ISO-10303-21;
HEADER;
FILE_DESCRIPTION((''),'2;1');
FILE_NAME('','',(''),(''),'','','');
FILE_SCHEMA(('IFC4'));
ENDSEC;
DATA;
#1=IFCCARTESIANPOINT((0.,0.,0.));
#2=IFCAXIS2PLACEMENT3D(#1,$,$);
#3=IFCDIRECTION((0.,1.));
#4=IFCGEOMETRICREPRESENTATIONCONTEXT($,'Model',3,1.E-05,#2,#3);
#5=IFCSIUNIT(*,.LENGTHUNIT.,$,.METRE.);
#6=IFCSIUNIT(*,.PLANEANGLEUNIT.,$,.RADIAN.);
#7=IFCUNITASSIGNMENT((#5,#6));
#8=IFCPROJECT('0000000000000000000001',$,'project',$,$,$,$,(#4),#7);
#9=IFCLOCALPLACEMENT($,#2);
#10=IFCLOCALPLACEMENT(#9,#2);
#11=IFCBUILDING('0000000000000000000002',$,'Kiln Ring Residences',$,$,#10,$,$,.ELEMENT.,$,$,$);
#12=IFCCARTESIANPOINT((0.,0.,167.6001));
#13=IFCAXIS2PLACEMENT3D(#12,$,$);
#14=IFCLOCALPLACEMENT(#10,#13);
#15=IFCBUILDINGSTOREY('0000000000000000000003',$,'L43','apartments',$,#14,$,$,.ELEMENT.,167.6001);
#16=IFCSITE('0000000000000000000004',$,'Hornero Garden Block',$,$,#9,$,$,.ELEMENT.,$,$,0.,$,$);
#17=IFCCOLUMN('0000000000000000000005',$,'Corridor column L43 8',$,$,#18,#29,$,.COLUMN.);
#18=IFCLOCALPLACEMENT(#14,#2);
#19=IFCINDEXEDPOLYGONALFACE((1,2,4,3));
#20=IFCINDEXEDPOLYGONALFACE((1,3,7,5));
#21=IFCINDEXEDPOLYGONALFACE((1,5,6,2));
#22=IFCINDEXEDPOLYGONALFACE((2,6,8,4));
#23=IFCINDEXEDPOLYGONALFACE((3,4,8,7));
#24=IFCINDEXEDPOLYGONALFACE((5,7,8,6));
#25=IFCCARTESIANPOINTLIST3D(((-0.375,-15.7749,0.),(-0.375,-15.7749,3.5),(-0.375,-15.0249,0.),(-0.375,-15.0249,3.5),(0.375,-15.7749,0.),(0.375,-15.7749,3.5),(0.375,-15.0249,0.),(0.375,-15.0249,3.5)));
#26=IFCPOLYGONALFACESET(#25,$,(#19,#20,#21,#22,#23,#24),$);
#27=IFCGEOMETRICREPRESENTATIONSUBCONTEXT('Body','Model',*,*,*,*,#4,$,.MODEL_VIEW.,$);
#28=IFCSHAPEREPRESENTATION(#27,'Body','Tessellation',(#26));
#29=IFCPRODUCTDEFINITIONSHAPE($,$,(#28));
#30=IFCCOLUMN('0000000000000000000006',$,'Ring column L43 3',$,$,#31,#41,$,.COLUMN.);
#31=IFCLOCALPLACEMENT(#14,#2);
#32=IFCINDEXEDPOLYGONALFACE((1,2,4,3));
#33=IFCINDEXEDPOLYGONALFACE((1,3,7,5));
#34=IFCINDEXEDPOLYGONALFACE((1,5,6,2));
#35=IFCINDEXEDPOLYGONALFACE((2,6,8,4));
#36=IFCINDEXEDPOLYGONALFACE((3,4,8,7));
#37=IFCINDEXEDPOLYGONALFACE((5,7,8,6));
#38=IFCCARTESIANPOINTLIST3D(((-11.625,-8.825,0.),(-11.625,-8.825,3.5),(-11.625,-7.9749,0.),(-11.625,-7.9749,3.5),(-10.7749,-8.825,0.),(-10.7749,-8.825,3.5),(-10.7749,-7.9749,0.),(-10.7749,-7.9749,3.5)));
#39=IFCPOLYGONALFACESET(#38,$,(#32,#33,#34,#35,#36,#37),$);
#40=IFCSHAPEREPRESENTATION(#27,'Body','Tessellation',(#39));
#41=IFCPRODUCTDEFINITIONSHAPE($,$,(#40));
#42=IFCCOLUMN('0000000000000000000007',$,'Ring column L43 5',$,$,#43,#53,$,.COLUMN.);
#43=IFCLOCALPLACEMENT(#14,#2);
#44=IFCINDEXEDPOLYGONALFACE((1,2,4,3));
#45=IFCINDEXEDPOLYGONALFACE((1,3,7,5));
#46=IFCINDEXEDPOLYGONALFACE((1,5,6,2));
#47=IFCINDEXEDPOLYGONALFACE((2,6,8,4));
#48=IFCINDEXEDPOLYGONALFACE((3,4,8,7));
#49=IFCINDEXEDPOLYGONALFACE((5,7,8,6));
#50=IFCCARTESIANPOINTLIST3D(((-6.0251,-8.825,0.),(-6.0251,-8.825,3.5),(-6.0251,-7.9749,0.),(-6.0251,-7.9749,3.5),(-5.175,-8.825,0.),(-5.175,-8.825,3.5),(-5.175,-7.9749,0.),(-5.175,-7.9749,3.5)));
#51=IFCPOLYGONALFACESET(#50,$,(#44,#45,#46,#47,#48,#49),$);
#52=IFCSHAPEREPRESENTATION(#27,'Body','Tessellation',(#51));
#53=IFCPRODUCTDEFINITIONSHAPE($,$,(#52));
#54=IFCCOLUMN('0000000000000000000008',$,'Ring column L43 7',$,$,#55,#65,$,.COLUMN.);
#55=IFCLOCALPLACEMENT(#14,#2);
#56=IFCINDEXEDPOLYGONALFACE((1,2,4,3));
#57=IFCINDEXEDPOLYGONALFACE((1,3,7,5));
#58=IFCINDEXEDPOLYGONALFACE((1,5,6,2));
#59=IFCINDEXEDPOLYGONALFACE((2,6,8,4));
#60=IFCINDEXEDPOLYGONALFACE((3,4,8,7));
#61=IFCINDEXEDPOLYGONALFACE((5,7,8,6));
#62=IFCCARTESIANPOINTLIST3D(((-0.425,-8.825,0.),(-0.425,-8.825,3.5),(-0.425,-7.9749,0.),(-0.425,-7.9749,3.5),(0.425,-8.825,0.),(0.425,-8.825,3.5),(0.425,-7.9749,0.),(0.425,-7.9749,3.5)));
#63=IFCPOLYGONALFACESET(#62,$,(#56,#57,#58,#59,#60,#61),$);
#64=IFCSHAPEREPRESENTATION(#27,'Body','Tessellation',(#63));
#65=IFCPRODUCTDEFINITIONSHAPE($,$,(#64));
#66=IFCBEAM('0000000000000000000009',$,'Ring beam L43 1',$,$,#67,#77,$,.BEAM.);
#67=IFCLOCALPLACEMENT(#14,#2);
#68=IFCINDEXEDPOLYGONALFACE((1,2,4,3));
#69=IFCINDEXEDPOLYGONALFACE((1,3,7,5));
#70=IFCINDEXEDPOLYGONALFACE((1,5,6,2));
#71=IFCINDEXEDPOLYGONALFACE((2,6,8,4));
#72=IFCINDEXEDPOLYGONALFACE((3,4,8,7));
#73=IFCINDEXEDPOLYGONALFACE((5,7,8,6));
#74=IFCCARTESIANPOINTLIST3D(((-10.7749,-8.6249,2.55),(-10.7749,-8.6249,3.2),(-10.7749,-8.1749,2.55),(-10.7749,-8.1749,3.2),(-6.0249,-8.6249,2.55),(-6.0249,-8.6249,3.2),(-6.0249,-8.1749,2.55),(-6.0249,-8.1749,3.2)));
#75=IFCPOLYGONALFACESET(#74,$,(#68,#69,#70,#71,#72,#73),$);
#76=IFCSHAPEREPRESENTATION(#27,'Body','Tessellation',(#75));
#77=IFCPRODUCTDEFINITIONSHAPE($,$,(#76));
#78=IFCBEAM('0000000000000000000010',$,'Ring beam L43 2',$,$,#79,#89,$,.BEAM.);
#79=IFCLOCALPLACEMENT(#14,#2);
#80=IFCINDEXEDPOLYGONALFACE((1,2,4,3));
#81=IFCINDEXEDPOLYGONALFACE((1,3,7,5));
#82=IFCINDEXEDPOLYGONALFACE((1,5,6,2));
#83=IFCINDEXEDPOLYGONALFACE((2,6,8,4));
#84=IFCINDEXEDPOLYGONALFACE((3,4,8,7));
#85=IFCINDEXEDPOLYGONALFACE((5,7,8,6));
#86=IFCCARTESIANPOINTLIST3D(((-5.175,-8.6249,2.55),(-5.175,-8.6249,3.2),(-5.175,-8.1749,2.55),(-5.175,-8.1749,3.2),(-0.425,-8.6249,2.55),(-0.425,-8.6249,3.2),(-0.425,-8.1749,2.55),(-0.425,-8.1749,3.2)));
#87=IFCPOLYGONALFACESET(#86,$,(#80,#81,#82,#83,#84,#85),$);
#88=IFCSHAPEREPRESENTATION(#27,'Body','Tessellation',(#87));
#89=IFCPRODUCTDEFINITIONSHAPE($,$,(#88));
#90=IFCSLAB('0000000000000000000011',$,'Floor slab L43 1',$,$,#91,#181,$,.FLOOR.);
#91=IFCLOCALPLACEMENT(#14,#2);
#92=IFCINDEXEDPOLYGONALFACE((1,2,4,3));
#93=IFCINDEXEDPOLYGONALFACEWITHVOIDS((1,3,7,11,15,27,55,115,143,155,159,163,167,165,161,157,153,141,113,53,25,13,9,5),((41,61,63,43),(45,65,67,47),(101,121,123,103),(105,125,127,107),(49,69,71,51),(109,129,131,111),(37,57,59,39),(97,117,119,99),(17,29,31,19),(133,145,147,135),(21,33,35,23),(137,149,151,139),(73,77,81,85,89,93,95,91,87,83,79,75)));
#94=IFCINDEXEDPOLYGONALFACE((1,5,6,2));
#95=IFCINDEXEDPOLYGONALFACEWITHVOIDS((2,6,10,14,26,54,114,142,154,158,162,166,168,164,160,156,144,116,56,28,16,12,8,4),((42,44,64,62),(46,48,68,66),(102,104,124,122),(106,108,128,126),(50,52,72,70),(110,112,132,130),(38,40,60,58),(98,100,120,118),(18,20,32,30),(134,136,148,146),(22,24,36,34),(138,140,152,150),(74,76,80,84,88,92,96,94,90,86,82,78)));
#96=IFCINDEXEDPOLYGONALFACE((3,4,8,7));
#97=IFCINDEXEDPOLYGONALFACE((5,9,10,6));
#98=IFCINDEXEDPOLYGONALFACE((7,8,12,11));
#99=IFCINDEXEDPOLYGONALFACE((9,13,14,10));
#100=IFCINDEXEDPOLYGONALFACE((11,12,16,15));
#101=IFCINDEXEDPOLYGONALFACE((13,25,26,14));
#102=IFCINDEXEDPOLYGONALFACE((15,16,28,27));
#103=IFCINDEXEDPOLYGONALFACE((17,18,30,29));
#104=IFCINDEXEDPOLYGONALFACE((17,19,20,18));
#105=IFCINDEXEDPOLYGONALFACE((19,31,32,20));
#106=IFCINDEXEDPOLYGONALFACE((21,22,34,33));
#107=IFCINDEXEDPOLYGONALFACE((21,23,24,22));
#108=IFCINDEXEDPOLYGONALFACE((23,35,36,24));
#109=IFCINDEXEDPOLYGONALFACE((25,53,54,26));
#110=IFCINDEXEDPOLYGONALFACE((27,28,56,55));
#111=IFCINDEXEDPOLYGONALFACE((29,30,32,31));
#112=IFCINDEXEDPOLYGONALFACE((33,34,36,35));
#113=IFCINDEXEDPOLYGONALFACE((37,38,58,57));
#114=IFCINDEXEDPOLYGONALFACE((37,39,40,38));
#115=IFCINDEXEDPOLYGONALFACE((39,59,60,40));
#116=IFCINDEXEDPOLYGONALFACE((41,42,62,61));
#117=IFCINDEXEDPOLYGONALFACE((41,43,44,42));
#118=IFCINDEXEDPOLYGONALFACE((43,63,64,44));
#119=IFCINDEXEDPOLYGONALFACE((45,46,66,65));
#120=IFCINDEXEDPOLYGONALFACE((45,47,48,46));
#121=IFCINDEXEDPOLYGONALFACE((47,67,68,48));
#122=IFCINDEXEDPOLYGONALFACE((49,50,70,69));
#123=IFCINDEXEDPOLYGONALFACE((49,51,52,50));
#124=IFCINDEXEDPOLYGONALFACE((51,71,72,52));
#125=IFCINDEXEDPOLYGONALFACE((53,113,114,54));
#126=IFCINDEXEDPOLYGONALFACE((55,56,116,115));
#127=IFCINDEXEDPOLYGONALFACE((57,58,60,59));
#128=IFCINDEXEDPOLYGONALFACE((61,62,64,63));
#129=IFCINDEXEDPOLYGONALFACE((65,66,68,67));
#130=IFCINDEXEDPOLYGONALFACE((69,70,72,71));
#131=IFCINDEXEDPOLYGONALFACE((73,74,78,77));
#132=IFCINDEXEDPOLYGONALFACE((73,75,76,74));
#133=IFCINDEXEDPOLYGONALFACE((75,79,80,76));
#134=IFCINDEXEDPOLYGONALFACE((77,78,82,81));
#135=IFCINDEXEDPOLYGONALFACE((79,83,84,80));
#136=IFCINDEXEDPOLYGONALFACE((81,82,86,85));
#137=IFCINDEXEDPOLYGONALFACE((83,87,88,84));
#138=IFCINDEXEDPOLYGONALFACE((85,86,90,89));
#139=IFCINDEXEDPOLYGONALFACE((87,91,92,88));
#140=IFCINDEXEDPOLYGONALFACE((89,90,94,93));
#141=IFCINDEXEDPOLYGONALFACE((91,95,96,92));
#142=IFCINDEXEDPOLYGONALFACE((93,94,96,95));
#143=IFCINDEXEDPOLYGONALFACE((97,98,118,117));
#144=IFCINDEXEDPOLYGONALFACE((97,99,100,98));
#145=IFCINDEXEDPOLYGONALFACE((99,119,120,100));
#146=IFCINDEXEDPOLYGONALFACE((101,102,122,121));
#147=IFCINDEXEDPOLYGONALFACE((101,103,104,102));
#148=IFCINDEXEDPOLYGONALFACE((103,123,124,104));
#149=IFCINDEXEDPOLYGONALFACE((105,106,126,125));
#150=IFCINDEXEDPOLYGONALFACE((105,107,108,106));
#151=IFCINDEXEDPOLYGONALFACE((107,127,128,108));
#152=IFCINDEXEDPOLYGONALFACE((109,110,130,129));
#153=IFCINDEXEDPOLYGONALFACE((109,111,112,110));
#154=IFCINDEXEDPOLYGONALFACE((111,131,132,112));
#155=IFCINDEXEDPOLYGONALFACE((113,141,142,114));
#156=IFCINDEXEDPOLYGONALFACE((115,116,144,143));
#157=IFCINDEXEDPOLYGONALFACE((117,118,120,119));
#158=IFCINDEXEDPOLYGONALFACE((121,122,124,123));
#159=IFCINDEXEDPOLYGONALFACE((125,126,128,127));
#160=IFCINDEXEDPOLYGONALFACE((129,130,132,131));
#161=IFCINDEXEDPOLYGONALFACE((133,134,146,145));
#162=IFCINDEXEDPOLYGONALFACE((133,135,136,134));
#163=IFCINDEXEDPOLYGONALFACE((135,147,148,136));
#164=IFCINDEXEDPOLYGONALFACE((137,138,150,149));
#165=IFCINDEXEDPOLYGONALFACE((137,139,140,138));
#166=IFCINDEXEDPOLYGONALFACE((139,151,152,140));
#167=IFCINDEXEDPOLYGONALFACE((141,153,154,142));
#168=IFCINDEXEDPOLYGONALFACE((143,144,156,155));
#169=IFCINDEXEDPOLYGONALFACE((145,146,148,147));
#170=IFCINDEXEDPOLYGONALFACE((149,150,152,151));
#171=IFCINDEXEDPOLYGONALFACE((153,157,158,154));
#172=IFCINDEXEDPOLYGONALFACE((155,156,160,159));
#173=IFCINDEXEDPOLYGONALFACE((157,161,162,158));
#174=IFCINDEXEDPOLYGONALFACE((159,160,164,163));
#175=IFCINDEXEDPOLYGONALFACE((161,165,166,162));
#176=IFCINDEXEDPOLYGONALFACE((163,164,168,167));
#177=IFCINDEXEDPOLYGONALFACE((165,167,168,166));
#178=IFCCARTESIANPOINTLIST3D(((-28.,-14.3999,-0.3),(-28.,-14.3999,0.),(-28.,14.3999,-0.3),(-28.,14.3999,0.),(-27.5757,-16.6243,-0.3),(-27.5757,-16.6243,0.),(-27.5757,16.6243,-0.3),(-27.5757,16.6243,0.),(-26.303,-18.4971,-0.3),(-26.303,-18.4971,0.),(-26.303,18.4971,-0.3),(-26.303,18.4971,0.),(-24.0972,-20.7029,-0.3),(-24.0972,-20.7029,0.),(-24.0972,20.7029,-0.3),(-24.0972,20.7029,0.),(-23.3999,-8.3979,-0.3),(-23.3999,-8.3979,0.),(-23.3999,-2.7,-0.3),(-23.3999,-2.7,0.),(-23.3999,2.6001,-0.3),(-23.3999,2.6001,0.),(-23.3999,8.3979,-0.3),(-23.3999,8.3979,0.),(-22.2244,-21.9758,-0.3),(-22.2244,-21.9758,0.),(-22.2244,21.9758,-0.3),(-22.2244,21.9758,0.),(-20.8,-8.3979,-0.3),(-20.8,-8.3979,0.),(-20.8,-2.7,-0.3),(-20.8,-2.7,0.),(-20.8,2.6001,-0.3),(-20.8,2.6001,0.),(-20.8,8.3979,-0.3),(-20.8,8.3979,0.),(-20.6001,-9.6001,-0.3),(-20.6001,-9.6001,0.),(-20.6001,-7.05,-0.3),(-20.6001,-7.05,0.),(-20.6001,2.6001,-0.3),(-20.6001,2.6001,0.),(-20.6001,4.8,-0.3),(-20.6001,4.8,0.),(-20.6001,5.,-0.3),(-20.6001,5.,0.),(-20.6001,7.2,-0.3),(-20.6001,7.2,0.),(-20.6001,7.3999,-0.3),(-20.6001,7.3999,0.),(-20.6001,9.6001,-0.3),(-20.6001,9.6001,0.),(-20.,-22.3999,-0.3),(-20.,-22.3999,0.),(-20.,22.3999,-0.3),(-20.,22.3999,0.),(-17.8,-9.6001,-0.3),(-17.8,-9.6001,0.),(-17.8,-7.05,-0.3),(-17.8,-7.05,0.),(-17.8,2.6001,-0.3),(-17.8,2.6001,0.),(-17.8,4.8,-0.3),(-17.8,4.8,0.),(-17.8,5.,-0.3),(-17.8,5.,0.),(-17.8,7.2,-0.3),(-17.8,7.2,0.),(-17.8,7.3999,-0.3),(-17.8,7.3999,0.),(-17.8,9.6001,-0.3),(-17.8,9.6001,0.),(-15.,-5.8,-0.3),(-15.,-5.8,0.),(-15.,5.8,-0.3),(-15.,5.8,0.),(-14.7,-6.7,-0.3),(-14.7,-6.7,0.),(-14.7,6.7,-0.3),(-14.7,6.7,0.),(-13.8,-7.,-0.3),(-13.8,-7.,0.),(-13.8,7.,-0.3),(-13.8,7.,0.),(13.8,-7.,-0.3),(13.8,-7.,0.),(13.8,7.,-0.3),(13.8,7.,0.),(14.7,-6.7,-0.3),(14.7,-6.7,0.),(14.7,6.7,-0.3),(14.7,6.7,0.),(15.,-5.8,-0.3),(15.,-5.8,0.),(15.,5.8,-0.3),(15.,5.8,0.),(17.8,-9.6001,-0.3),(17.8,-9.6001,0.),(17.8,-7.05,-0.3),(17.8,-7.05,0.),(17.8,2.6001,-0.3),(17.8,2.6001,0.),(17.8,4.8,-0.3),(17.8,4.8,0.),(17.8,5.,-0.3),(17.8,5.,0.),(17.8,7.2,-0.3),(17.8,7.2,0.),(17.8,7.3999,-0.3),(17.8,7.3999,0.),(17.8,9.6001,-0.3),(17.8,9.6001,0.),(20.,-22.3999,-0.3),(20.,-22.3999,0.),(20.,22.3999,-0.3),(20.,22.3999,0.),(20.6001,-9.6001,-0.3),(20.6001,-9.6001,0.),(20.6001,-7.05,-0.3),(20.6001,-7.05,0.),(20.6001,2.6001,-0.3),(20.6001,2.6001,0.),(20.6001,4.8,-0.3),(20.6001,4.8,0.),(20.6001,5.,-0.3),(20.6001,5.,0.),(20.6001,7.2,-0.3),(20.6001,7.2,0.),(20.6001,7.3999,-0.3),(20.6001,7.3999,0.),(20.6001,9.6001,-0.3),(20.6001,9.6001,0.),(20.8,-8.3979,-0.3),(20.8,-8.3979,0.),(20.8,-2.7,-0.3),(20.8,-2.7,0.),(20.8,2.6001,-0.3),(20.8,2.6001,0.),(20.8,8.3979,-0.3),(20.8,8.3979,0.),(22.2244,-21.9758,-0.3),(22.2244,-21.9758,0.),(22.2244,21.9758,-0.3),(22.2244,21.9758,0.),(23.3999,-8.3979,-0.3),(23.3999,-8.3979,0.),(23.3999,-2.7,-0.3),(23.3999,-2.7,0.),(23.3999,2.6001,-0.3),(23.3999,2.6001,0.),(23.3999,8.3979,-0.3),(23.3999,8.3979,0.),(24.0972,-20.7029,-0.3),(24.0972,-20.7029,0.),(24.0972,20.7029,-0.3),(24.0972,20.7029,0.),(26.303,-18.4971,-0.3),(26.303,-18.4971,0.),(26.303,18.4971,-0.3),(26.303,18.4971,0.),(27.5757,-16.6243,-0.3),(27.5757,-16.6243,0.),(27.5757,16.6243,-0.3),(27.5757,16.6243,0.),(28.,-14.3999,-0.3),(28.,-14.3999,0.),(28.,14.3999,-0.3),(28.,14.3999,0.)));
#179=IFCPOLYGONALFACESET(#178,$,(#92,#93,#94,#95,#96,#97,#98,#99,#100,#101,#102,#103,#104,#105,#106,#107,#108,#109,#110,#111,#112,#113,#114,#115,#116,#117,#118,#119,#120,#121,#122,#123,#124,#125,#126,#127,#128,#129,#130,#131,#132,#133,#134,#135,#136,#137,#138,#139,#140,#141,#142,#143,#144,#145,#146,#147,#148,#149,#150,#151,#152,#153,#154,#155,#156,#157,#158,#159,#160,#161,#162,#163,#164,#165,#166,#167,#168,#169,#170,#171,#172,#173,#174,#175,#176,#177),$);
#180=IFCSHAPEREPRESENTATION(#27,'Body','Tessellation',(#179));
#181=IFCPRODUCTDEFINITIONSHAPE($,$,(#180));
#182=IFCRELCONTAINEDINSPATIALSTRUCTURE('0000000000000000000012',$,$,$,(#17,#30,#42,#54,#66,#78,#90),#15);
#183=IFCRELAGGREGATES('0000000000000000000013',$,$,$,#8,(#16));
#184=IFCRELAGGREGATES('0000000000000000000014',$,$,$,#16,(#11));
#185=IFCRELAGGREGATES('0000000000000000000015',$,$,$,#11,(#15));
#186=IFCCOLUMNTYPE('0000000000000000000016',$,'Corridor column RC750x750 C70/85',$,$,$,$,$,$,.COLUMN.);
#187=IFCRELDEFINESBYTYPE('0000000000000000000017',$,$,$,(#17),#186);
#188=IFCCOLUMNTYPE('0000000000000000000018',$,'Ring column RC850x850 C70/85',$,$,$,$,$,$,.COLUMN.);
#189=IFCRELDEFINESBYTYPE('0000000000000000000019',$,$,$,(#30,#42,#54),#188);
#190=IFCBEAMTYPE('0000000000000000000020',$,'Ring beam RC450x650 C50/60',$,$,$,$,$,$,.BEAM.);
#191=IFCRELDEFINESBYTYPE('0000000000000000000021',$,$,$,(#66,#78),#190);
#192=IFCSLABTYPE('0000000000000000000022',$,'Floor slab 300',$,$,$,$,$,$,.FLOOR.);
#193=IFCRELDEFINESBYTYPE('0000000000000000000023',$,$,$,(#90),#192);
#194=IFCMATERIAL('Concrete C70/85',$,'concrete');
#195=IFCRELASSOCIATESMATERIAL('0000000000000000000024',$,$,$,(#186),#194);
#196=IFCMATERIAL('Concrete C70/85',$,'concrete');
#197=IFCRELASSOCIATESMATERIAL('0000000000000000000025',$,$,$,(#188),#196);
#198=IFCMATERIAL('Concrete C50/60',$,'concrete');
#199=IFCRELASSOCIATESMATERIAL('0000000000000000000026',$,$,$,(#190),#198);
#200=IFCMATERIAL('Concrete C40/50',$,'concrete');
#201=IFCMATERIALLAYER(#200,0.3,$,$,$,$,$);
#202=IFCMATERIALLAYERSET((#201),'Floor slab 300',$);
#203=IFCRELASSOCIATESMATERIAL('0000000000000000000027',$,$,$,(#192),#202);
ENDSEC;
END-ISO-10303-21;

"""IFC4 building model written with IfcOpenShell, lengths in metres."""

from ifc_helpers import new_model, si_unit, direction, frame, origin, origin_2d, place, context, subcontext, project, spatial, polyline, rectangle, outline, extrude, material, layer, layer_set, material_profile, profile_set, type_object, element, save


model = new_model("IFC4")

# Units and contexts
model_context = context("Model", 3, precision=1e-05, world=origin(), true_north=direction((0.0, 1.0)))
body_context = subcontext(model_context, "Body", "Model", "MODEL_VIEW")
ifc_project = project(units=[si_unit("LENGTHUNIT", "METRE"), si_unit("PLANEANGLEUNIT", "RADIAN")], contexts=[model_context])

# Site, building, storey
site_placement = place(None, origin())
site = spatial("IfcSite", under=ifc_project, at=site_placement, Name="Hornero Garden Block", CompositionType="ELEMENT", RefElevation=0.0)
building_placement = place(site_placement, origin())
building = spatial("IfcBuilding", under=site, at=building_placement, Name="Kiln Ring Residences", CompositionType="ELEMENT")
storey_placement = place(building_placement, frame((0.0, 0.0, 167.6001)))
storey = spatial("IfcBuildingStorey", under=building, at=storey_placement, Name="L43", Description="apartments", CompositionType="ELEMENT", Elevation=167.6001)

# Columns
ifc_material_1 = material(Name="Concrete C70/85", Category="concrete")
ifc_material_profile_1 = material_profile(ifc_material_1, rectangle(XDim=0.75, YDim=0.75, at=origin_2d()), Name="RC750x750")
ifc_profile_set_1 = profile_set([ifc_material_profile_1], Name="Concrete C70/85")
column_type_1 = type_object("IfcColumnType", Name="Corridor column RC750x750 C70/85", PredefinedType="COLUMN", material=ifc_profile_set_1)
column_placement = place(storey_placement, frame((0.0, -15.3999, 0.0), z_axis=(0.0, 0.0, 1.0), x_axis=(1.0, 0.0, 0.0)))
element("IfcColumn", 1, at=column_placement, inside=storey, type_object=column_type_1, Name="Corridor column L43 8", PredefinedType="COLUMN", context=body_context, shape_type="SweptSolid", body=[
    extrude(rectangle(XDim=0.75, YDim=0.75, at=origin_2d()), origin(), (0.0, 0.0, 1.0), 3.5),
])
ifc_material_2 = material(Name="Concrete C70/85", Category="concrete")
ifc_material_profile_2 = material_profile(ifc_material_2, rectangle(XDim=0.8501, YDim=0.8501, at=origin_2d()), Name="RC850x850")
ifc_profile_set_2 = profile_set([ifc_material_profile_2], Name="Concrete C70/85")
column_type_2 = type_object("IfcColumnType", Name="Ring column RC850x850 C70/85", PredefinedType="COLUMN", material=ifc_profile_set_2)
for number, where, z_axis, x_axis, name in (
    (2, (-11.2, -8.3999, 0.0), (0.0, 0.0, 1.0), (1.0, 0.0, 0.0), "Ring column L43 3"),
    (3, (-5.6001, -8.3999, 0.0), (0.0, 0.0, 1.0), (1.0, 0.0, 0.0), "Ring column L43 5"),
    (4, (0.0, -8.3999, 0.0), (0.0, 0.0, 1.0), (1.0, 0.0, 0.0), "Ring column L43 7"),
):
    element("IfcColumn", number, at=place(storey_placement, frame(where, z_axis=z_axis, x_axis=x_axis)), inside=storey, type_object=column_type_2, Name=name, PredefinedType="COLUMN", context=body_context, shape_type="SweptSolid", body=[
        extrude(rectangle(XDim=0.8501, YDim=0.8501, at=origin_2d()), origin(), (0.0, 0.0, 1.0), 3.5),
    ])

# Beams
ifc_material_3 = material(Name="Concrete C50/60", Category="concrete")
ifc_material_profile_3 = material_profile(ifc_material_3, rectangle(XDim=0.45, YDim=0.6499, at=origin_2d()), Name="RC450x650")
ifc_profile_set_3 = profile_set([ifc_material_profile_3], Name="Concrete C50/60")
beam_type = type_object("IfcBeamType", Name="Ring beam RC450x650 C50/60", PredefinedType="BEAM", material=ifc_profile_set_3)
for number, where, z_axis, x_axis, name in (
    (5, (-10.7749, -8.3999, 2.875), (1.0, 0.0, 0.0), (0.0, 1.0, 0.0), "Ring beam L43 1"),
    (6, (-5.175, -8.3999, 2.875), (1.0, 0.0, 0.0), (0.0, 1.0, 0.0), "Ring beam L43 2"),
):
    element("IfcBeam", number, at=place(storey_placement, frame(where, z_axis=z_axis, x_axis=x_axis)), inside=storey, type_object=beam_type, Name=name, PredefinedType="BEAM", context=body_context, shape_type="SweptSolid", body=[
        extrude(rectangle(XDim=0.45, YDim=0.6499, at=origin_2d()), origin(), (0.0, 0.0, 1.0), 4.75),
    ])

# Slab
ifc_material_4 = material(Name="Concrete C40/50", Category="concrete")
ifc_layer_1 = layer(ifc_material_4, 0.3)
ifc_layer_set_1 = layer_set([ifc_layer_1], Name="Floor slab 300")
slab_type = type_object("IfcSlabType", Name="Floor slab 300", PredefinedType="FLOOR", material=ifc_layer_set_1)
slab_placement = place(storey_placement, frame((0.0, 0.0, -0.3)))
element("IfcSlab", 7, at=slab_placement, inside=storey, type_object=slab_type, Name="Floor slab L43 1", PredefinedType="FLOOR", context=body_context, shape_type="SweptSolid", body=[
    extrude(outline(polyline([(-26.303, -18.4971), (-24.0972, -20.7029), (-22.2244, -21.9758), (-20.0, -22.3999), (20.0, -22.3999), (22.2244, -21.9758), (24.0972, -20.7029), (26.303, -18.4971), (27.5757, -16.6243), (28.0, -14.3999), (28.0, 14.3999), (27.5757, 16.6243), (26.303, 18.4971), (24.0972, 20.7029), (22.2244, 21.9758), (20.0, 22.3999), (-20.0, 22.3999), (-22.2244, 21.9758), (-24.0972, 20.7029), (-26.303, 18.4971), (-27.5757, 16.6243), (-28.0, 14.3999), (-28.0, -14.3999), (-27.5757, -16.6243), (-26.303, -18.4971)]), holes=[polyline([(-14.7, -6.7), (-15.0, -5.8), (-15.0, 5.8), (-14.7, 6.7), (-13.8, 7.0), (13.8, 7.0), (14.7, 6.7), (15.0, 5.8), (15.0, -5.8), (14.7, -6.7), (13.8, -7.0), (-13.8, -7.0), (-14.7, -6.7)]), polyline([(20.8, -8.3979), (20.8, -2.7), (23.3999, -2.7), (23.3999, -8.3979), (20.8, -8.3979)]), polyline([(23.3999, 2.6001), (20.8, 2.6001), (20.8, 8.3979), (23.3999, 8.3979), (23.3999, 2.6001)]), polyline([(17.8, 2.6001), (17.8, 4.8), (20.6001, 4.8), (20.6001, 2.6001), (17.8, 2.6001)]), polyline([(17.8, 5.0), (17.8, 7.2), (20.6001, 7.2), (20.6001, 5.0), (17.8, 5.0)]), polyline([(17.8, 7.3999), (17.8, 9.6001), (20.6001, 9.6001), (20.6001, 7.3999), (17.8, 7.3999)]), polyline([(20.6001, -9.6001), (17.8, -9.6001), (17.8, -7.05), (20.6001, -7.05), (20.6001, -9.6001)]), polyline([(-17.8, -7.05), (-17.8, -9.6001), (-20.6001, -9.6001), (-20.6001, -7.05), (-17.8, -7.05)]), polyline([(-17.8, 2.6001), (-20.6001, 2.6001), (-20.6001, 4.8), (-17.8, 4.8), (-17.8, 2.6001)]), polyline([(-17.8, 5.0), (-20.6001, 5.0), (-20.6001, 7.2), (-17.8, 7.2), (-17.8, 5.0)]), polyline([(-17.8, 7.3999), (-20.6001, 7.3999), (-20.6001, 9.6001), (-17.8, 9.6001), (-17.8, 7.3999)]), polyline([(-20.8, -8.3979), (-23.3999, -8.3979), (-23.3999, -2.7), (-20.8, -2.7), (-20.8, -8.3979)]), polyline([(-20.8, 8.3979), (-20.8, 2.6001), (-23.3999, 2.6001), (-23.3999, 8.3979), (-20.8, 8.3979)])]), origin(), (0.0, 0.0, 1.0), 0.3),
])

save(model, "model.ifc")
